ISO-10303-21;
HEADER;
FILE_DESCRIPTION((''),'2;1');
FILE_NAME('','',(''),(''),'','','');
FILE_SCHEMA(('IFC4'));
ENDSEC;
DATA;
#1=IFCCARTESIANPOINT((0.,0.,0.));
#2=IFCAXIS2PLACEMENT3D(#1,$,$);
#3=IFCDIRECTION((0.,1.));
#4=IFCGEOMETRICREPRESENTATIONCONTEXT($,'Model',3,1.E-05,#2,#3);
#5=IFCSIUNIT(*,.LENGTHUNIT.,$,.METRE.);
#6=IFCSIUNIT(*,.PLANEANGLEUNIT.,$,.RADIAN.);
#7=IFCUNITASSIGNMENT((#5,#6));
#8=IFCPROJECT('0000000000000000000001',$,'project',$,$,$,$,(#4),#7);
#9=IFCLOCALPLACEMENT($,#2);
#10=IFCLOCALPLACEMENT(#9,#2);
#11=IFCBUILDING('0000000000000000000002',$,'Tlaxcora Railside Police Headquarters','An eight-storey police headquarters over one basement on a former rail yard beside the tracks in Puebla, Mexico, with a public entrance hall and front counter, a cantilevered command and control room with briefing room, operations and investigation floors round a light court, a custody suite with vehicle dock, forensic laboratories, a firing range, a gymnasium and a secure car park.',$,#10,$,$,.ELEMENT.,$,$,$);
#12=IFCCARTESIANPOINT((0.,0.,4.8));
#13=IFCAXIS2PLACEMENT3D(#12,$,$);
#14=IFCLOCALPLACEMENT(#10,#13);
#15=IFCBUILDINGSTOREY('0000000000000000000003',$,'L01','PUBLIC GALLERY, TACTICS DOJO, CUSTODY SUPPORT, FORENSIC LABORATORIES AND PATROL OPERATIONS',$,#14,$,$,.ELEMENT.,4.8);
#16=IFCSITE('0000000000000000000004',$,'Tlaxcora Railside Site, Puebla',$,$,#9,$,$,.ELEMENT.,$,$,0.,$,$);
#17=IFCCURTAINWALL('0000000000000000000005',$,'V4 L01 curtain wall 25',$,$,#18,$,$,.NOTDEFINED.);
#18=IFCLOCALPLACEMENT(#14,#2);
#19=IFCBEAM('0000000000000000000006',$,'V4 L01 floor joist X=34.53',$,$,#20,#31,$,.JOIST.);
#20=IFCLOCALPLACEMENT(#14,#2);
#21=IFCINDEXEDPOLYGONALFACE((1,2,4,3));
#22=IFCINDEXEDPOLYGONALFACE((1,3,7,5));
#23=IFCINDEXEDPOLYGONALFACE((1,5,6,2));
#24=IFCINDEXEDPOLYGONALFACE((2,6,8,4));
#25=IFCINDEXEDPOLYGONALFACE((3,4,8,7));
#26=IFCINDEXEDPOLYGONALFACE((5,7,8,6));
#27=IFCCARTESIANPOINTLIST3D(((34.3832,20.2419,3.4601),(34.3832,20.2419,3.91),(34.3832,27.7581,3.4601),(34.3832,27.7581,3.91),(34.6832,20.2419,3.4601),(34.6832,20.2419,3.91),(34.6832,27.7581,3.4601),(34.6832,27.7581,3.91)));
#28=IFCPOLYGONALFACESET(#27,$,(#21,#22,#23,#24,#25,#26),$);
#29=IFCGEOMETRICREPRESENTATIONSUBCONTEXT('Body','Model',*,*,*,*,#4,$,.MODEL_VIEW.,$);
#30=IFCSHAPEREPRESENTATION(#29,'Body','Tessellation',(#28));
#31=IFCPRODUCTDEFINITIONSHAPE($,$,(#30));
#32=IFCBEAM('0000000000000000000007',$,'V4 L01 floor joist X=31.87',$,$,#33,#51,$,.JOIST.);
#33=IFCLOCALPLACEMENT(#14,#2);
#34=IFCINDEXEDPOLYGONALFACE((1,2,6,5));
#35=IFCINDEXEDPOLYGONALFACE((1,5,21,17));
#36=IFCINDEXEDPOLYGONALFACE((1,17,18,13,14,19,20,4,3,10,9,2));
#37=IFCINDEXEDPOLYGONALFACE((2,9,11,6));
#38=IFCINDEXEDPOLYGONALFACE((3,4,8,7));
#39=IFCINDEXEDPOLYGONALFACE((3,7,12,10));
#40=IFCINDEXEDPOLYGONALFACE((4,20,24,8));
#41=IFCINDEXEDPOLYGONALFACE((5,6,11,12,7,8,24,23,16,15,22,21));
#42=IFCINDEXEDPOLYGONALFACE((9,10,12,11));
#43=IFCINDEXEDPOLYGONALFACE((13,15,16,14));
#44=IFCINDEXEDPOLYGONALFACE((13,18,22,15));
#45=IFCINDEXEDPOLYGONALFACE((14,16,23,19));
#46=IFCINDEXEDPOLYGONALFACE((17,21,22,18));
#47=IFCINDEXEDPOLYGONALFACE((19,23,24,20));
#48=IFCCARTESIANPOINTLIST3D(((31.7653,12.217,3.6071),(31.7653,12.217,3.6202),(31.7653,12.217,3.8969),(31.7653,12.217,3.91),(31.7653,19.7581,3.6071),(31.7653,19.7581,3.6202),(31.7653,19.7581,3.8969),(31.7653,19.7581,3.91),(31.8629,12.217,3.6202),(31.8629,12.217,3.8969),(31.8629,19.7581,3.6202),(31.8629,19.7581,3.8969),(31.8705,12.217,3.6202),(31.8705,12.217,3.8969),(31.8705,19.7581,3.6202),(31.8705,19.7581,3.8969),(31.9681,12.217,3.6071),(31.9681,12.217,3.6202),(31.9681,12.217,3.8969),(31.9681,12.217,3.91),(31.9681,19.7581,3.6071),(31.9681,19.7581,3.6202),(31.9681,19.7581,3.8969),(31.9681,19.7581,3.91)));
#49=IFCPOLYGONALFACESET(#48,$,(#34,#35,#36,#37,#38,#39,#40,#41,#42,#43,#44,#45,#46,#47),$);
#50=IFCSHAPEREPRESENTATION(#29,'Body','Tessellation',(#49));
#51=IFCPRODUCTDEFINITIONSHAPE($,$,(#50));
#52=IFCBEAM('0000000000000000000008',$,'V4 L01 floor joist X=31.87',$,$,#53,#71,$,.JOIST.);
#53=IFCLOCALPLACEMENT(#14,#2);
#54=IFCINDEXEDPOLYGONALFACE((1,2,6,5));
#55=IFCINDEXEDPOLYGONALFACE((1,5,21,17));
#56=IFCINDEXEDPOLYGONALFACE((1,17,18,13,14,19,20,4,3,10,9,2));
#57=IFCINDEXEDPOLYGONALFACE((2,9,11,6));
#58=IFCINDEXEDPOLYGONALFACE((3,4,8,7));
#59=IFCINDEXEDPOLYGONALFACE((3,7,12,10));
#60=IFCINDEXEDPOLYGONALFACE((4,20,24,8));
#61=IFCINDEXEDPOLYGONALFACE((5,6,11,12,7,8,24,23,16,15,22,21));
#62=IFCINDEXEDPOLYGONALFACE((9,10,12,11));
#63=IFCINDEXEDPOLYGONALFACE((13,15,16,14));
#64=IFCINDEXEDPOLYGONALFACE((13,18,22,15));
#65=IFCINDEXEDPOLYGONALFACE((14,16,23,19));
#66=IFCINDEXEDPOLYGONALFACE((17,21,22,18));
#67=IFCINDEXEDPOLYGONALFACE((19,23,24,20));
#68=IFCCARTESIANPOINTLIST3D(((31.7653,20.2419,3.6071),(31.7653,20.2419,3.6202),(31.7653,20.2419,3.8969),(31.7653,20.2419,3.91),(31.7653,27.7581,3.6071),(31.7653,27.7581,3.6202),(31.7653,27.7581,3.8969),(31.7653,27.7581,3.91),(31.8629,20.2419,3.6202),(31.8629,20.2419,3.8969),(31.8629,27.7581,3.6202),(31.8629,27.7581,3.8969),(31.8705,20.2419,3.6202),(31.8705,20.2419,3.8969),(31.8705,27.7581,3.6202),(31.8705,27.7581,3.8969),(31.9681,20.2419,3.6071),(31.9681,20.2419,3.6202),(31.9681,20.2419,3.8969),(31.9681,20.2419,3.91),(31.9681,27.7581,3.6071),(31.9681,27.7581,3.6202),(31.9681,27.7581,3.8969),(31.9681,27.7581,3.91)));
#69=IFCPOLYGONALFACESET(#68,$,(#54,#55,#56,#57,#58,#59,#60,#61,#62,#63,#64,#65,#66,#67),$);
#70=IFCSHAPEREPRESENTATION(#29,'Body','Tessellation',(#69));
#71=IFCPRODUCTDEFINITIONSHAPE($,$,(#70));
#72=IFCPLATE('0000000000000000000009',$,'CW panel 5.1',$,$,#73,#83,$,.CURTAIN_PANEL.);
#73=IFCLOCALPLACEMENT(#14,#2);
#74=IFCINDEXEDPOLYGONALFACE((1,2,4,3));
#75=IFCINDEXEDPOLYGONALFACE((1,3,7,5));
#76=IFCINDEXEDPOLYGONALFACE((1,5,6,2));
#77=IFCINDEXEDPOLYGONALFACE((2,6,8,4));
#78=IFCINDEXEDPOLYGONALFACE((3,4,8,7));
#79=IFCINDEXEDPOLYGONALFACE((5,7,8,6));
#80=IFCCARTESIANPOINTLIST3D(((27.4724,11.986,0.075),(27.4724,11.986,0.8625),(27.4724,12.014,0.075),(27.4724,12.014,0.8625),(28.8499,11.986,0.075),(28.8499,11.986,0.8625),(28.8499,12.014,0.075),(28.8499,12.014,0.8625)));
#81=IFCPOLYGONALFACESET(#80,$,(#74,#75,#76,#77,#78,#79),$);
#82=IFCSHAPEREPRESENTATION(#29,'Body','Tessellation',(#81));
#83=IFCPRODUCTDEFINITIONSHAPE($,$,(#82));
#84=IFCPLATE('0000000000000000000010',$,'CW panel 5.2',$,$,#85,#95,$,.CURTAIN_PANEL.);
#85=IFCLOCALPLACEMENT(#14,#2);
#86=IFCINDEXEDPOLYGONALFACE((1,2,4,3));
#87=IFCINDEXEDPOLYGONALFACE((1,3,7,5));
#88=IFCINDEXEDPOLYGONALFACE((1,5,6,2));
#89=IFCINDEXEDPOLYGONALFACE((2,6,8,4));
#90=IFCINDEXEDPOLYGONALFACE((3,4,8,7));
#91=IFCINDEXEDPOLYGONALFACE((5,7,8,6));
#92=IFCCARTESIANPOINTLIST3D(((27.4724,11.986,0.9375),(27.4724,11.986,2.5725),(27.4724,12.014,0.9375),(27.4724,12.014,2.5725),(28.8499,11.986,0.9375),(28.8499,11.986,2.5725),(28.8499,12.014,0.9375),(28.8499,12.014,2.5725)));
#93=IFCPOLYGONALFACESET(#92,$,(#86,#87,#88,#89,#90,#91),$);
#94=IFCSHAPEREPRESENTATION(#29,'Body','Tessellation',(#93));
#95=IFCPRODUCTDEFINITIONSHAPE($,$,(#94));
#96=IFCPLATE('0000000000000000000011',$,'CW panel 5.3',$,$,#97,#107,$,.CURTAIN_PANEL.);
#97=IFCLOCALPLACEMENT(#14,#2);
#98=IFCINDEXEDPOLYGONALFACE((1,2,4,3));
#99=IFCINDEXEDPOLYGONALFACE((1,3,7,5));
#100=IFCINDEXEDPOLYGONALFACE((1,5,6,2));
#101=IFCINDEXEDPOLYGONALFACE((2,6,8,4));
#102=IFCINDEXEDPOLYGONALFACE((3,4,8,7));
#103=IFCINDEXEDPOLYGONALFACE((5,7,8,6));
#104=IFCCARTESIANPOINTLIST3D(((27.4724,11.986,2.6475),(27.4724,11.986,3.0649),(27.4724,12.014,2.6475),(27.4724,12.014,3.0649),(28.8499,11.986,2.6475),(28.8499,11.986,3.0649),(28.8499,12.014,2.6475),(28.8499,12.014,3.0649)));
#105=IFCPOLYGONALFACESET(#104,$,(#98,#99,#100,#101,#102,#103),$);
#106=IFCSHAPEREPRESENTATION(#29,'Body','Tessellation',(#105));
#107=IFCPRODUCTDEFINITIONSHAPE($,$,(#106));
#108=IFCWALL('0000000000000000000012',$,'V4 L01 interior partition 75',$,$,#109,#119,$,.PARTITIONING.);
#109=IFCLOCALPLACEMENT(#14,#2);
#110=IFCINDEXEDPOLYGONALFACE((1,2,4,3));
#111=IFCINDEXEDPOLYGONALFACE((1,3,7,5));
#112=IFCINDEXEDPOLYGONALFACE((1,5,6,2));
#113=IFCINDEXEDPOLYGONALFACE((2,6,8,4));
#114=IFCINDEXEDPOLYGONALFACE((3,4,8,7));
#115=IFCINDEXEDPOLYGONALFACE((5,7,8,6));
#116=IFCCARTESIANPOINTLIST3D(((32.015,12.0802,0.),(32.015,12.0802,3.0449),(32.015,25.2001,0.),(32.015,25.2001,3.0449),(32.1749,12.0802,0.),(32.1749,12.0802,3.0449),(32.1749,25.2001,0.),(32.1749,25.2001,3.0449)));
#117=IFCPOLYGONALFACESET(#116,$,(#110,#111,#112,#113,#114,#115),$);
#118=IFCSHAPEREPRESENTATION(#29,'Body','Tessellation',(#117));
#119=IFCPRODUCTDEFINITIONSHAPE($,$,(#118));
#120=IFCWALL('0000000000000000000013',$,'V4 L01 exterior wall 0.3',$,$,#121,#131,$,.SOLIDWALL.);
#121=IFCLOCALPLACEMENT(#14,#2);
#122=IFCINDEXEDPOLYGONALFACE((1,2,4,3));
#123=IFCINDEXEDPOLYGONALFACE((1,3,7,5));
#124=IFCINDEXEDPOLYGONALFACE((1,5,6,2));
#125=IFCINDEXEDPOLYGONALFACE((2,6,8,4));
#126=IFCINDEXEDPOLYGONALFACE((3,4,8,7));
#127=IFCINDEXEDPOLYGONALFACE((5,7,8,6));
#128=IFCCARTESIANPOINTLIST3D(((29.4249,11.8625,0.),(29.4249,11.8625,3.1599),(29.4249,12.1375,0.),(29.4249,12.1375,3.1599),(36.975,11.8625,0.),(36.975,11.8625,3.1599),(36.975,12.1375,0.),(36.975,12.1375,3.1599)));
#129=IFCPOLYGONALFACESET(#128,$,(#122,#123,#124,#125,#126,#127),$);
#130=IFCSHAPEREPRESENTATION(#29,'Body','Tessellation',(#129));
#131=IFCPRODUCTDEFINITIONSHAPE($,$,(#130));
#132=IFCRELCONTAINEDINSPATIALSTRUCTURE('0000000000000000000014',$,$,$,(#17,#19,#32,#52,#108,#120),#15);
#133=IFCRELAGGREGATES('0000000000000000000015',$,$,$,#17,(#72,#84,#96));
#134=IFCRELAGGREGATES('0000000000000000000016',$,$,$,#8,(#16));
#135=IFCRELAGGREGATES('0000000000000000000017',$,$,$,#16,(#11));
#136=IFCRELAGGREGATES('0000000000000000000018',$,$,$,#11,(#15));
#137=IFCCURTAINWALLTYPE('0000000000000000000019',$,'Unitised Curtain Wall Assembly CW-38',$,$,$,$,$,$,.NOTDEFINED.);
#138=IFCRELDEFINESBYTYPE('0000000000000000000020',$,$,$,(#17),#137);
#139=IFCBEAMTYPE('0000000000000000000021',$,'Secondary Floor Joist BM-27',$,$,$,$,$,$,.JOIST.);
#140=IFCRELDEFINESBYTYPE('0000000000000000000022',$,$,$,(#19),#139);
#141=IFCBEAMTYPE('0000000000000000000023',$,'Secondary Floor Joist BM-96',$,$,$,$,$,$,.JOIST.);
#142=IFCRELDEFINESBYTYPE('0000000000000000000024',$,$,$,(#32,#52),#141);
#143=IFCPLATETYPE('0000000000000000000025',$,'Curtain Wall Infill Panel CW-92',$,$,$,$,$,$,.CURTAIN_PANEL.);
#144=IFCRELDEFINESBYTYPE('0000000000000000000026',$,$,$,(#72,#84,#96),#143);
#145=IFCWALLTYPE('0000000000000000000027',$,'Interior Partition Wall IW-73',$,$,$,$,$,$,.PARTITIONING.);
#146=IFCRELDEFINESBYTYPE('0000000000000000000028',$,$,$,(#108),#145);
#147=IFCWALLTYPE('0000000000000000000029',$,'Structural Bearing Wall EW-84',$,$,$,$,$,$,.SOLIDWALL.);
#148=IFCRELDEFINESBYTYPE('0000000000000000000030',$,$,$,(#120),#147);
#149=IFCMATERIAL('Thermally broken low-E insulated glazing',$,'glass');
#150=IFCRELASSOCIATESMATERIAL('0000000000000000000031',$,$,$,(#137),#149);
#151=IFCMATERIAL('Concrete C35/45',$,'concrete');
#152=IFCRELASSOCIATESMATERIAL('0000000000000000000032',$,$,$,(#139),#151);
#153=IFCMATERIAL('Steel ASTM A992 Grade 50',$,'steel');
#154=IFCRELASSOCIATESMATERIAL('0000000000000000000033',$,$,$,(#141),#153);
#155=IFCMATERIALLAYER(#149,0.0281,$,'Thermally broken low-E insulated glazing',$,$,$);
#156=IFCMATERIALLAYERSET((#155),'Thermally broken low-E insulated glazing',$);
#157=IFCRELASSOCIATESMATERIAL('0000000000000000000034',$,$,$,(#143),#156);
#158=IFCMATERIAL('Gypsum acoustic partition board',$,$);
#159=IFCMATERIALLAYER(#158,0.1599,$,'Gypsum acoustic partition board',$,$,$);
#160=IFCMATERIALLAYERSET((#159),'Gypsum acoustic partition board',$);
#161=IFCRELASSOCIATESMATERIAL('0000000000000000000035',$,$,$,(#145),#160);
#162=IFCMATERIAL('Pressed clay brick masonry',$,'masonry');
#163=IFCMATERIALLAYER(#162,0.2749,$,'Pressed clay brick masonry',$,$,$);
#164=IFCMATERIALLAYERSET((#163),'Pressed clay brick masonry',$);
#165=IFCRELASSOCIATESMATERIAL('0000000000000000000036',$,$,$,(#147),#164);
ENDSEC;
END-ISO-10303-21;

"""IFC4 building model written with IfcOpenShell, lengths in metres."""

from ifc_helpers import new_model, si_unit, direction, frame, frame_2d, origin, origin_2d, place, context, subcontext, project, spatial, rectangle, i_section, extrude, material, layer, layer_set, material_profile, profile_set, type_object, element, aggregate, save


model = new_model("IFC4")

# Units and contexts
model_context = context("Model", 3, precision=1e-05, world=origin(), true_north=direction((0.0, 1.0)))
body_context = subcontext(model_context, "Body", "Model", "MODEL_VIEW")
ifc_project = project(units=[si_unit("LENGTHUNIT", "METRE"), si_unit("PLANEANGLEUNIT", "RADIAN")], contexts=[model_context])

# Site, building, storey
site_placement = place(None, origin())
site = spatial("IfcSite", under=ifc_project, at=site_placement, Name="Tlaxcora Railside Site, Puebla", CompositionType="ELEMENT", RefElevation=0.0)
building_placement = place(site_placement, origin())
building = spatial("IfcBuilding", under=site, at=building_placement, Name="Tlaxcora Railside Police Headquarters", Description="An eight-storey police headquarters over one basement on a former rail yard beside the tracks in Puebla, Mexico, with a public entrance hall and front counter, a cantilevered command and control room with briefing room, operations and investigation floors round a light court, a custody suite with vehicle dock, forensic laboratories, a firing range, a gymnasium and a secure car park.", CompositionType="ELEMENT")
storey_placement = place(building_placement, frame((0.0, 0.0, 4.8)))
storey = spatial("IfcBuildingStorey", under=building, at=storey_placement, Name="L01", Description="PUBLIC GALLERY, TACTICS DOJO, CUSTODY SUPPORT, FORENSIC LABORATORIES AND PATROL OPERATIONS", CompositionType="ELEMENT", Elevation=4.8)

# Curtain wall
ifc_material_1 = material(Name="Thermally broken low-E insulated glazing", Category="glass")
curtain_wall_type = type_object("IfcCurtainWallType", Name="Unitised Curtain Wall Assembly CW-38", PredefinedType="NOTDEFINED", material=ifc_material_1)
curtain_wall_placement = place(storey_placement, origin())
curtain_wall = element("IfcCurtainWall", 1, at=curtain_wall_placement, inside=storey, type_object=curtain_wall_type, Name="V4 L01 curtain wall 25", PredefinedType="NOTDEFINED")

# Beams
ifc_material_2 = material(Name="Concrete C35/45", Category="concrete")
ifc_material_profile_1 = material_profile(ifc_material_2, rectangle(XDim=0.3, YDim=0.45, at=origin_2d()), Name="RC300X450")
ifc_profile_set_1 = profile_set([ifc_material_profile_1], Name="Concrete C35/45")
beam_type_1 = type_object("IfcBeamType", Name="Secondary Floor Joist BM-27", PredefinedType="JOIST", material=ifc_profile_set_1)
beam_1_placement = place(storey_placement, frame((34.5332, 20.2419, 3.6851), z_axis=(0.0, 1.0, 0.0), x_axis=(-1.0, 0.0, 0.0)))
element("IfcBeam", 2, at=beam_1_placement, inside=storey, type_object=beam_type_1, Name="V4 L01 floor joist X=34.53", PredefinedType="JOIST", context=body_context, shape_type="SweptSolid", body=[
    extrude(rectangle(XDim=0.3, YDim=0.45, at=origin_2d()), origin(), (0.0, 0.0, 1.0), 7.5161),
])
ifc_material_3 = material(Name="Steel ASTM A992 Grade 50", Category="steel")
ifc_material_profile_2 = material_profile(ifc_material_3, i_section(OverallWidth=0.2029, OverallDepth=0.303, WebThickness=0.0076, FlangeThickness=0.0132, at=origin_2d()), Name="W12X40")
ifc_profile_set_2 = profile_set([ifc_material_profile_2], Name="Steel ASTM A992 Grade 50")
beam_type_2 = type_object("IfcBeamType", Name="Secondary Floor Joist BM-96", PredefinedType="JOIST", material=ifc_profile_set_2)
beam_2_placement = place(storey_placement, frame((31.8667, 12.217, 3.7585), z_axis=(0.0, 1.0, 0.0), x_axis=(-1.0, 0.0, 0.0)))
element("IfcBeam", 3, at=beam_2_placement, inside=storey, type_object=beam_type_2, Name="V4 L01 floor joist X=31.87", PredefinedType="JOIST", context=body_context, shape_type="SweptSolid", body=[
    extrude(i_section(OverallWidth=0.2029, OverallDepth=0.303, WebThickness=0.0076, FlangeThickness=0.0132, at=origin_2d()), origin(), (0.0, 0.0, 1.0), 7.541),
])
beam_3_placement = place(storey_placement, frame((31.8667, 20.2419, 3.7585), z_axis=(0.0, 1.0, 0.0), x_axis=(-1.0, 0.0, 0.0)))
element("IfcBeam", 4, at=beam_3_placement, inside=storey, type_object=beam_type_2, Name="V4 L01 floor joist X=31.87", PredefinedType="JOIST", context=body_context, shape_type="SweptSolid", body=[
    extrude(i_section(OverallWidth=0.2029, OverallDepth=0.303, WebThickness=0.0076, FlangeThickness=0.0132, at=origin_2d()), origin(), (0.0, 0.0, 1.0), 7.5161),
])

# Plates
ifc_layer_1 = layer(ifc_material_1, 0.0281, Name="Thermally broken low-E insulated glazing")
ifc_layer_set_1 = layer_set([ifc_layer_1], Name="Thermally broken low-E insulated glazing")
plate_type = type_object("IfcPlateType", Name="Curtain Wall Infill Panel CW-92", PredefinedType="CURTAIN_PANEL", material=ifc_layer_set_1)
plate_1_placement = place(storey_placement, frame((28.1611, 12.0, 0.075), z_axis=(0.0, 0.0, 1.0), x_axis=(1.0, 0.0, 0.0)))
plate_1 = element("IfcPlate", 5, at=plate_1_placement, type_object=plate_type, Name="CW panel 5.1", PredefinedType="CURTAIN_PANEL", context=body_context, shape_type="SweptSolid", body=[
    extrude(rectangle(XDim=1.3774, YDim=0.0281, at=origin_2d()), origin(), (0.0, 0.0, 1.0), 0.7876),
])
plate_2_placement = place(storey_placement, frame((28.1611, 12.0, 0.9375), z_axis=(0.0, 0.0, 1.0), x_axis=(1.0, 0.0, 0.0)))
plate_2 = element("IfcPlate", 6, at=plate_2_placement, type_object=plate_type, Name="CW panel 5.2", PredefinedType="CURTAIN_PANEL", context=body_context, shape_type="SweptSolid", body=[
    extrude(rectangle(XDim=1.3774, YDim=0.0281, at=origin_2d()), origin(), (0.0, 0.0, 1.0), 1.635),
])
plate_3_placement = place(storey_placement, frame((28.1611, 12.0, 2.6475), z_axis=(0.0, 0.0, 1.0), x_axis=(1.0, 0.0, 0.0)))
plate_3 = element("IfcPlate", 7, at=plate_3_placement, type_object=plate_type, Name="CW panel 5.3", PredefinedType="CURTAIN_PANEL", context=body_context, shape_type="SweptSolid", body=[
    extrude(rectangle(XDim=1.3774, YDim=0.0281, at=origin_2d()), origin(), (0.0, 0.0, 1.0), 0.4175),
])
aggregate(curtain_wall, [plate_1, plate_2, plate_3])

# Walls
ifc_material_4 = material(Name="Gypsum acoustic partition board")
ifc_layer_2 = layer(ifc_material_4, 0.1599, Name="Gypsum acoustic partition board")
ifc_layer_set_2 = layer_set([ifc_layer_2], Name="Gypsum acoustic partition board")
wall_type_1 = type_object("IfcWallType", Name="Interior Partition Wall IW-73", PredefinedType="PARTITIONING", material=ifc_layer_set_2)
wall_1_placement = place(storey_placement, frame((32.095, 12.0801, 0.0), z_axis=(0.0, 0.0, 1.0), x_axis=(0.0, 1.0, 0.0)))
element("IfcWall", 8, at=wall_1_placement, inside=storey, type_object=wall_type_1, Name="V4 L01 interior partition 75", PredefinedType="PARTITIONING", context=body_context, shape_type="SweptSolid", body=[
    extrude(rectangle(XDim=13.1199, YDim=0.1599, at=frame_2d((6.5601, 0.0))), origin(), (0.0, 0.0, 1.0), 3.0449),
])
ifc_material_5 = material(Name="Pressed clay brick masonry", Category="masonry")
ifc_layer_3 = layer(ifc_material_5, 0.2749, Name="Pressed clay brick masonry")
ifc_layer_set_3 = layer_set([ifc_layer_3], Name="Pressed clay brick masonry")
wall_type_2 = type_object("IfcWallType", Name="Structural Bearing Wall EW-84", PredefinedType="SOLIDWALL", material=ifc_layer_set_3)
wall_2_placement = place(storey_placement, frame((29.425, 12.0, 0.0), z_axis=(0.0, 0.0, 1.0), x_axis=(1.0, 0.0, 0.0)))
element("IfcWall", 9, at=wall_2_placement, inside=storey, type_object=wall_type_2, Name="V4 L01 exterior wall 0.3", PredefinedType="SOLIDWALL", context=body_context, shape_type="SweptSolid", body=[
    extrude(rectangle(XDim=7.55, YDim=0.2749, at=frame_2d((3.7749, 0.0))), origin(), (0.0, 0.0, 1.0), 3.1599),
])

save(model, "model.ifc")
